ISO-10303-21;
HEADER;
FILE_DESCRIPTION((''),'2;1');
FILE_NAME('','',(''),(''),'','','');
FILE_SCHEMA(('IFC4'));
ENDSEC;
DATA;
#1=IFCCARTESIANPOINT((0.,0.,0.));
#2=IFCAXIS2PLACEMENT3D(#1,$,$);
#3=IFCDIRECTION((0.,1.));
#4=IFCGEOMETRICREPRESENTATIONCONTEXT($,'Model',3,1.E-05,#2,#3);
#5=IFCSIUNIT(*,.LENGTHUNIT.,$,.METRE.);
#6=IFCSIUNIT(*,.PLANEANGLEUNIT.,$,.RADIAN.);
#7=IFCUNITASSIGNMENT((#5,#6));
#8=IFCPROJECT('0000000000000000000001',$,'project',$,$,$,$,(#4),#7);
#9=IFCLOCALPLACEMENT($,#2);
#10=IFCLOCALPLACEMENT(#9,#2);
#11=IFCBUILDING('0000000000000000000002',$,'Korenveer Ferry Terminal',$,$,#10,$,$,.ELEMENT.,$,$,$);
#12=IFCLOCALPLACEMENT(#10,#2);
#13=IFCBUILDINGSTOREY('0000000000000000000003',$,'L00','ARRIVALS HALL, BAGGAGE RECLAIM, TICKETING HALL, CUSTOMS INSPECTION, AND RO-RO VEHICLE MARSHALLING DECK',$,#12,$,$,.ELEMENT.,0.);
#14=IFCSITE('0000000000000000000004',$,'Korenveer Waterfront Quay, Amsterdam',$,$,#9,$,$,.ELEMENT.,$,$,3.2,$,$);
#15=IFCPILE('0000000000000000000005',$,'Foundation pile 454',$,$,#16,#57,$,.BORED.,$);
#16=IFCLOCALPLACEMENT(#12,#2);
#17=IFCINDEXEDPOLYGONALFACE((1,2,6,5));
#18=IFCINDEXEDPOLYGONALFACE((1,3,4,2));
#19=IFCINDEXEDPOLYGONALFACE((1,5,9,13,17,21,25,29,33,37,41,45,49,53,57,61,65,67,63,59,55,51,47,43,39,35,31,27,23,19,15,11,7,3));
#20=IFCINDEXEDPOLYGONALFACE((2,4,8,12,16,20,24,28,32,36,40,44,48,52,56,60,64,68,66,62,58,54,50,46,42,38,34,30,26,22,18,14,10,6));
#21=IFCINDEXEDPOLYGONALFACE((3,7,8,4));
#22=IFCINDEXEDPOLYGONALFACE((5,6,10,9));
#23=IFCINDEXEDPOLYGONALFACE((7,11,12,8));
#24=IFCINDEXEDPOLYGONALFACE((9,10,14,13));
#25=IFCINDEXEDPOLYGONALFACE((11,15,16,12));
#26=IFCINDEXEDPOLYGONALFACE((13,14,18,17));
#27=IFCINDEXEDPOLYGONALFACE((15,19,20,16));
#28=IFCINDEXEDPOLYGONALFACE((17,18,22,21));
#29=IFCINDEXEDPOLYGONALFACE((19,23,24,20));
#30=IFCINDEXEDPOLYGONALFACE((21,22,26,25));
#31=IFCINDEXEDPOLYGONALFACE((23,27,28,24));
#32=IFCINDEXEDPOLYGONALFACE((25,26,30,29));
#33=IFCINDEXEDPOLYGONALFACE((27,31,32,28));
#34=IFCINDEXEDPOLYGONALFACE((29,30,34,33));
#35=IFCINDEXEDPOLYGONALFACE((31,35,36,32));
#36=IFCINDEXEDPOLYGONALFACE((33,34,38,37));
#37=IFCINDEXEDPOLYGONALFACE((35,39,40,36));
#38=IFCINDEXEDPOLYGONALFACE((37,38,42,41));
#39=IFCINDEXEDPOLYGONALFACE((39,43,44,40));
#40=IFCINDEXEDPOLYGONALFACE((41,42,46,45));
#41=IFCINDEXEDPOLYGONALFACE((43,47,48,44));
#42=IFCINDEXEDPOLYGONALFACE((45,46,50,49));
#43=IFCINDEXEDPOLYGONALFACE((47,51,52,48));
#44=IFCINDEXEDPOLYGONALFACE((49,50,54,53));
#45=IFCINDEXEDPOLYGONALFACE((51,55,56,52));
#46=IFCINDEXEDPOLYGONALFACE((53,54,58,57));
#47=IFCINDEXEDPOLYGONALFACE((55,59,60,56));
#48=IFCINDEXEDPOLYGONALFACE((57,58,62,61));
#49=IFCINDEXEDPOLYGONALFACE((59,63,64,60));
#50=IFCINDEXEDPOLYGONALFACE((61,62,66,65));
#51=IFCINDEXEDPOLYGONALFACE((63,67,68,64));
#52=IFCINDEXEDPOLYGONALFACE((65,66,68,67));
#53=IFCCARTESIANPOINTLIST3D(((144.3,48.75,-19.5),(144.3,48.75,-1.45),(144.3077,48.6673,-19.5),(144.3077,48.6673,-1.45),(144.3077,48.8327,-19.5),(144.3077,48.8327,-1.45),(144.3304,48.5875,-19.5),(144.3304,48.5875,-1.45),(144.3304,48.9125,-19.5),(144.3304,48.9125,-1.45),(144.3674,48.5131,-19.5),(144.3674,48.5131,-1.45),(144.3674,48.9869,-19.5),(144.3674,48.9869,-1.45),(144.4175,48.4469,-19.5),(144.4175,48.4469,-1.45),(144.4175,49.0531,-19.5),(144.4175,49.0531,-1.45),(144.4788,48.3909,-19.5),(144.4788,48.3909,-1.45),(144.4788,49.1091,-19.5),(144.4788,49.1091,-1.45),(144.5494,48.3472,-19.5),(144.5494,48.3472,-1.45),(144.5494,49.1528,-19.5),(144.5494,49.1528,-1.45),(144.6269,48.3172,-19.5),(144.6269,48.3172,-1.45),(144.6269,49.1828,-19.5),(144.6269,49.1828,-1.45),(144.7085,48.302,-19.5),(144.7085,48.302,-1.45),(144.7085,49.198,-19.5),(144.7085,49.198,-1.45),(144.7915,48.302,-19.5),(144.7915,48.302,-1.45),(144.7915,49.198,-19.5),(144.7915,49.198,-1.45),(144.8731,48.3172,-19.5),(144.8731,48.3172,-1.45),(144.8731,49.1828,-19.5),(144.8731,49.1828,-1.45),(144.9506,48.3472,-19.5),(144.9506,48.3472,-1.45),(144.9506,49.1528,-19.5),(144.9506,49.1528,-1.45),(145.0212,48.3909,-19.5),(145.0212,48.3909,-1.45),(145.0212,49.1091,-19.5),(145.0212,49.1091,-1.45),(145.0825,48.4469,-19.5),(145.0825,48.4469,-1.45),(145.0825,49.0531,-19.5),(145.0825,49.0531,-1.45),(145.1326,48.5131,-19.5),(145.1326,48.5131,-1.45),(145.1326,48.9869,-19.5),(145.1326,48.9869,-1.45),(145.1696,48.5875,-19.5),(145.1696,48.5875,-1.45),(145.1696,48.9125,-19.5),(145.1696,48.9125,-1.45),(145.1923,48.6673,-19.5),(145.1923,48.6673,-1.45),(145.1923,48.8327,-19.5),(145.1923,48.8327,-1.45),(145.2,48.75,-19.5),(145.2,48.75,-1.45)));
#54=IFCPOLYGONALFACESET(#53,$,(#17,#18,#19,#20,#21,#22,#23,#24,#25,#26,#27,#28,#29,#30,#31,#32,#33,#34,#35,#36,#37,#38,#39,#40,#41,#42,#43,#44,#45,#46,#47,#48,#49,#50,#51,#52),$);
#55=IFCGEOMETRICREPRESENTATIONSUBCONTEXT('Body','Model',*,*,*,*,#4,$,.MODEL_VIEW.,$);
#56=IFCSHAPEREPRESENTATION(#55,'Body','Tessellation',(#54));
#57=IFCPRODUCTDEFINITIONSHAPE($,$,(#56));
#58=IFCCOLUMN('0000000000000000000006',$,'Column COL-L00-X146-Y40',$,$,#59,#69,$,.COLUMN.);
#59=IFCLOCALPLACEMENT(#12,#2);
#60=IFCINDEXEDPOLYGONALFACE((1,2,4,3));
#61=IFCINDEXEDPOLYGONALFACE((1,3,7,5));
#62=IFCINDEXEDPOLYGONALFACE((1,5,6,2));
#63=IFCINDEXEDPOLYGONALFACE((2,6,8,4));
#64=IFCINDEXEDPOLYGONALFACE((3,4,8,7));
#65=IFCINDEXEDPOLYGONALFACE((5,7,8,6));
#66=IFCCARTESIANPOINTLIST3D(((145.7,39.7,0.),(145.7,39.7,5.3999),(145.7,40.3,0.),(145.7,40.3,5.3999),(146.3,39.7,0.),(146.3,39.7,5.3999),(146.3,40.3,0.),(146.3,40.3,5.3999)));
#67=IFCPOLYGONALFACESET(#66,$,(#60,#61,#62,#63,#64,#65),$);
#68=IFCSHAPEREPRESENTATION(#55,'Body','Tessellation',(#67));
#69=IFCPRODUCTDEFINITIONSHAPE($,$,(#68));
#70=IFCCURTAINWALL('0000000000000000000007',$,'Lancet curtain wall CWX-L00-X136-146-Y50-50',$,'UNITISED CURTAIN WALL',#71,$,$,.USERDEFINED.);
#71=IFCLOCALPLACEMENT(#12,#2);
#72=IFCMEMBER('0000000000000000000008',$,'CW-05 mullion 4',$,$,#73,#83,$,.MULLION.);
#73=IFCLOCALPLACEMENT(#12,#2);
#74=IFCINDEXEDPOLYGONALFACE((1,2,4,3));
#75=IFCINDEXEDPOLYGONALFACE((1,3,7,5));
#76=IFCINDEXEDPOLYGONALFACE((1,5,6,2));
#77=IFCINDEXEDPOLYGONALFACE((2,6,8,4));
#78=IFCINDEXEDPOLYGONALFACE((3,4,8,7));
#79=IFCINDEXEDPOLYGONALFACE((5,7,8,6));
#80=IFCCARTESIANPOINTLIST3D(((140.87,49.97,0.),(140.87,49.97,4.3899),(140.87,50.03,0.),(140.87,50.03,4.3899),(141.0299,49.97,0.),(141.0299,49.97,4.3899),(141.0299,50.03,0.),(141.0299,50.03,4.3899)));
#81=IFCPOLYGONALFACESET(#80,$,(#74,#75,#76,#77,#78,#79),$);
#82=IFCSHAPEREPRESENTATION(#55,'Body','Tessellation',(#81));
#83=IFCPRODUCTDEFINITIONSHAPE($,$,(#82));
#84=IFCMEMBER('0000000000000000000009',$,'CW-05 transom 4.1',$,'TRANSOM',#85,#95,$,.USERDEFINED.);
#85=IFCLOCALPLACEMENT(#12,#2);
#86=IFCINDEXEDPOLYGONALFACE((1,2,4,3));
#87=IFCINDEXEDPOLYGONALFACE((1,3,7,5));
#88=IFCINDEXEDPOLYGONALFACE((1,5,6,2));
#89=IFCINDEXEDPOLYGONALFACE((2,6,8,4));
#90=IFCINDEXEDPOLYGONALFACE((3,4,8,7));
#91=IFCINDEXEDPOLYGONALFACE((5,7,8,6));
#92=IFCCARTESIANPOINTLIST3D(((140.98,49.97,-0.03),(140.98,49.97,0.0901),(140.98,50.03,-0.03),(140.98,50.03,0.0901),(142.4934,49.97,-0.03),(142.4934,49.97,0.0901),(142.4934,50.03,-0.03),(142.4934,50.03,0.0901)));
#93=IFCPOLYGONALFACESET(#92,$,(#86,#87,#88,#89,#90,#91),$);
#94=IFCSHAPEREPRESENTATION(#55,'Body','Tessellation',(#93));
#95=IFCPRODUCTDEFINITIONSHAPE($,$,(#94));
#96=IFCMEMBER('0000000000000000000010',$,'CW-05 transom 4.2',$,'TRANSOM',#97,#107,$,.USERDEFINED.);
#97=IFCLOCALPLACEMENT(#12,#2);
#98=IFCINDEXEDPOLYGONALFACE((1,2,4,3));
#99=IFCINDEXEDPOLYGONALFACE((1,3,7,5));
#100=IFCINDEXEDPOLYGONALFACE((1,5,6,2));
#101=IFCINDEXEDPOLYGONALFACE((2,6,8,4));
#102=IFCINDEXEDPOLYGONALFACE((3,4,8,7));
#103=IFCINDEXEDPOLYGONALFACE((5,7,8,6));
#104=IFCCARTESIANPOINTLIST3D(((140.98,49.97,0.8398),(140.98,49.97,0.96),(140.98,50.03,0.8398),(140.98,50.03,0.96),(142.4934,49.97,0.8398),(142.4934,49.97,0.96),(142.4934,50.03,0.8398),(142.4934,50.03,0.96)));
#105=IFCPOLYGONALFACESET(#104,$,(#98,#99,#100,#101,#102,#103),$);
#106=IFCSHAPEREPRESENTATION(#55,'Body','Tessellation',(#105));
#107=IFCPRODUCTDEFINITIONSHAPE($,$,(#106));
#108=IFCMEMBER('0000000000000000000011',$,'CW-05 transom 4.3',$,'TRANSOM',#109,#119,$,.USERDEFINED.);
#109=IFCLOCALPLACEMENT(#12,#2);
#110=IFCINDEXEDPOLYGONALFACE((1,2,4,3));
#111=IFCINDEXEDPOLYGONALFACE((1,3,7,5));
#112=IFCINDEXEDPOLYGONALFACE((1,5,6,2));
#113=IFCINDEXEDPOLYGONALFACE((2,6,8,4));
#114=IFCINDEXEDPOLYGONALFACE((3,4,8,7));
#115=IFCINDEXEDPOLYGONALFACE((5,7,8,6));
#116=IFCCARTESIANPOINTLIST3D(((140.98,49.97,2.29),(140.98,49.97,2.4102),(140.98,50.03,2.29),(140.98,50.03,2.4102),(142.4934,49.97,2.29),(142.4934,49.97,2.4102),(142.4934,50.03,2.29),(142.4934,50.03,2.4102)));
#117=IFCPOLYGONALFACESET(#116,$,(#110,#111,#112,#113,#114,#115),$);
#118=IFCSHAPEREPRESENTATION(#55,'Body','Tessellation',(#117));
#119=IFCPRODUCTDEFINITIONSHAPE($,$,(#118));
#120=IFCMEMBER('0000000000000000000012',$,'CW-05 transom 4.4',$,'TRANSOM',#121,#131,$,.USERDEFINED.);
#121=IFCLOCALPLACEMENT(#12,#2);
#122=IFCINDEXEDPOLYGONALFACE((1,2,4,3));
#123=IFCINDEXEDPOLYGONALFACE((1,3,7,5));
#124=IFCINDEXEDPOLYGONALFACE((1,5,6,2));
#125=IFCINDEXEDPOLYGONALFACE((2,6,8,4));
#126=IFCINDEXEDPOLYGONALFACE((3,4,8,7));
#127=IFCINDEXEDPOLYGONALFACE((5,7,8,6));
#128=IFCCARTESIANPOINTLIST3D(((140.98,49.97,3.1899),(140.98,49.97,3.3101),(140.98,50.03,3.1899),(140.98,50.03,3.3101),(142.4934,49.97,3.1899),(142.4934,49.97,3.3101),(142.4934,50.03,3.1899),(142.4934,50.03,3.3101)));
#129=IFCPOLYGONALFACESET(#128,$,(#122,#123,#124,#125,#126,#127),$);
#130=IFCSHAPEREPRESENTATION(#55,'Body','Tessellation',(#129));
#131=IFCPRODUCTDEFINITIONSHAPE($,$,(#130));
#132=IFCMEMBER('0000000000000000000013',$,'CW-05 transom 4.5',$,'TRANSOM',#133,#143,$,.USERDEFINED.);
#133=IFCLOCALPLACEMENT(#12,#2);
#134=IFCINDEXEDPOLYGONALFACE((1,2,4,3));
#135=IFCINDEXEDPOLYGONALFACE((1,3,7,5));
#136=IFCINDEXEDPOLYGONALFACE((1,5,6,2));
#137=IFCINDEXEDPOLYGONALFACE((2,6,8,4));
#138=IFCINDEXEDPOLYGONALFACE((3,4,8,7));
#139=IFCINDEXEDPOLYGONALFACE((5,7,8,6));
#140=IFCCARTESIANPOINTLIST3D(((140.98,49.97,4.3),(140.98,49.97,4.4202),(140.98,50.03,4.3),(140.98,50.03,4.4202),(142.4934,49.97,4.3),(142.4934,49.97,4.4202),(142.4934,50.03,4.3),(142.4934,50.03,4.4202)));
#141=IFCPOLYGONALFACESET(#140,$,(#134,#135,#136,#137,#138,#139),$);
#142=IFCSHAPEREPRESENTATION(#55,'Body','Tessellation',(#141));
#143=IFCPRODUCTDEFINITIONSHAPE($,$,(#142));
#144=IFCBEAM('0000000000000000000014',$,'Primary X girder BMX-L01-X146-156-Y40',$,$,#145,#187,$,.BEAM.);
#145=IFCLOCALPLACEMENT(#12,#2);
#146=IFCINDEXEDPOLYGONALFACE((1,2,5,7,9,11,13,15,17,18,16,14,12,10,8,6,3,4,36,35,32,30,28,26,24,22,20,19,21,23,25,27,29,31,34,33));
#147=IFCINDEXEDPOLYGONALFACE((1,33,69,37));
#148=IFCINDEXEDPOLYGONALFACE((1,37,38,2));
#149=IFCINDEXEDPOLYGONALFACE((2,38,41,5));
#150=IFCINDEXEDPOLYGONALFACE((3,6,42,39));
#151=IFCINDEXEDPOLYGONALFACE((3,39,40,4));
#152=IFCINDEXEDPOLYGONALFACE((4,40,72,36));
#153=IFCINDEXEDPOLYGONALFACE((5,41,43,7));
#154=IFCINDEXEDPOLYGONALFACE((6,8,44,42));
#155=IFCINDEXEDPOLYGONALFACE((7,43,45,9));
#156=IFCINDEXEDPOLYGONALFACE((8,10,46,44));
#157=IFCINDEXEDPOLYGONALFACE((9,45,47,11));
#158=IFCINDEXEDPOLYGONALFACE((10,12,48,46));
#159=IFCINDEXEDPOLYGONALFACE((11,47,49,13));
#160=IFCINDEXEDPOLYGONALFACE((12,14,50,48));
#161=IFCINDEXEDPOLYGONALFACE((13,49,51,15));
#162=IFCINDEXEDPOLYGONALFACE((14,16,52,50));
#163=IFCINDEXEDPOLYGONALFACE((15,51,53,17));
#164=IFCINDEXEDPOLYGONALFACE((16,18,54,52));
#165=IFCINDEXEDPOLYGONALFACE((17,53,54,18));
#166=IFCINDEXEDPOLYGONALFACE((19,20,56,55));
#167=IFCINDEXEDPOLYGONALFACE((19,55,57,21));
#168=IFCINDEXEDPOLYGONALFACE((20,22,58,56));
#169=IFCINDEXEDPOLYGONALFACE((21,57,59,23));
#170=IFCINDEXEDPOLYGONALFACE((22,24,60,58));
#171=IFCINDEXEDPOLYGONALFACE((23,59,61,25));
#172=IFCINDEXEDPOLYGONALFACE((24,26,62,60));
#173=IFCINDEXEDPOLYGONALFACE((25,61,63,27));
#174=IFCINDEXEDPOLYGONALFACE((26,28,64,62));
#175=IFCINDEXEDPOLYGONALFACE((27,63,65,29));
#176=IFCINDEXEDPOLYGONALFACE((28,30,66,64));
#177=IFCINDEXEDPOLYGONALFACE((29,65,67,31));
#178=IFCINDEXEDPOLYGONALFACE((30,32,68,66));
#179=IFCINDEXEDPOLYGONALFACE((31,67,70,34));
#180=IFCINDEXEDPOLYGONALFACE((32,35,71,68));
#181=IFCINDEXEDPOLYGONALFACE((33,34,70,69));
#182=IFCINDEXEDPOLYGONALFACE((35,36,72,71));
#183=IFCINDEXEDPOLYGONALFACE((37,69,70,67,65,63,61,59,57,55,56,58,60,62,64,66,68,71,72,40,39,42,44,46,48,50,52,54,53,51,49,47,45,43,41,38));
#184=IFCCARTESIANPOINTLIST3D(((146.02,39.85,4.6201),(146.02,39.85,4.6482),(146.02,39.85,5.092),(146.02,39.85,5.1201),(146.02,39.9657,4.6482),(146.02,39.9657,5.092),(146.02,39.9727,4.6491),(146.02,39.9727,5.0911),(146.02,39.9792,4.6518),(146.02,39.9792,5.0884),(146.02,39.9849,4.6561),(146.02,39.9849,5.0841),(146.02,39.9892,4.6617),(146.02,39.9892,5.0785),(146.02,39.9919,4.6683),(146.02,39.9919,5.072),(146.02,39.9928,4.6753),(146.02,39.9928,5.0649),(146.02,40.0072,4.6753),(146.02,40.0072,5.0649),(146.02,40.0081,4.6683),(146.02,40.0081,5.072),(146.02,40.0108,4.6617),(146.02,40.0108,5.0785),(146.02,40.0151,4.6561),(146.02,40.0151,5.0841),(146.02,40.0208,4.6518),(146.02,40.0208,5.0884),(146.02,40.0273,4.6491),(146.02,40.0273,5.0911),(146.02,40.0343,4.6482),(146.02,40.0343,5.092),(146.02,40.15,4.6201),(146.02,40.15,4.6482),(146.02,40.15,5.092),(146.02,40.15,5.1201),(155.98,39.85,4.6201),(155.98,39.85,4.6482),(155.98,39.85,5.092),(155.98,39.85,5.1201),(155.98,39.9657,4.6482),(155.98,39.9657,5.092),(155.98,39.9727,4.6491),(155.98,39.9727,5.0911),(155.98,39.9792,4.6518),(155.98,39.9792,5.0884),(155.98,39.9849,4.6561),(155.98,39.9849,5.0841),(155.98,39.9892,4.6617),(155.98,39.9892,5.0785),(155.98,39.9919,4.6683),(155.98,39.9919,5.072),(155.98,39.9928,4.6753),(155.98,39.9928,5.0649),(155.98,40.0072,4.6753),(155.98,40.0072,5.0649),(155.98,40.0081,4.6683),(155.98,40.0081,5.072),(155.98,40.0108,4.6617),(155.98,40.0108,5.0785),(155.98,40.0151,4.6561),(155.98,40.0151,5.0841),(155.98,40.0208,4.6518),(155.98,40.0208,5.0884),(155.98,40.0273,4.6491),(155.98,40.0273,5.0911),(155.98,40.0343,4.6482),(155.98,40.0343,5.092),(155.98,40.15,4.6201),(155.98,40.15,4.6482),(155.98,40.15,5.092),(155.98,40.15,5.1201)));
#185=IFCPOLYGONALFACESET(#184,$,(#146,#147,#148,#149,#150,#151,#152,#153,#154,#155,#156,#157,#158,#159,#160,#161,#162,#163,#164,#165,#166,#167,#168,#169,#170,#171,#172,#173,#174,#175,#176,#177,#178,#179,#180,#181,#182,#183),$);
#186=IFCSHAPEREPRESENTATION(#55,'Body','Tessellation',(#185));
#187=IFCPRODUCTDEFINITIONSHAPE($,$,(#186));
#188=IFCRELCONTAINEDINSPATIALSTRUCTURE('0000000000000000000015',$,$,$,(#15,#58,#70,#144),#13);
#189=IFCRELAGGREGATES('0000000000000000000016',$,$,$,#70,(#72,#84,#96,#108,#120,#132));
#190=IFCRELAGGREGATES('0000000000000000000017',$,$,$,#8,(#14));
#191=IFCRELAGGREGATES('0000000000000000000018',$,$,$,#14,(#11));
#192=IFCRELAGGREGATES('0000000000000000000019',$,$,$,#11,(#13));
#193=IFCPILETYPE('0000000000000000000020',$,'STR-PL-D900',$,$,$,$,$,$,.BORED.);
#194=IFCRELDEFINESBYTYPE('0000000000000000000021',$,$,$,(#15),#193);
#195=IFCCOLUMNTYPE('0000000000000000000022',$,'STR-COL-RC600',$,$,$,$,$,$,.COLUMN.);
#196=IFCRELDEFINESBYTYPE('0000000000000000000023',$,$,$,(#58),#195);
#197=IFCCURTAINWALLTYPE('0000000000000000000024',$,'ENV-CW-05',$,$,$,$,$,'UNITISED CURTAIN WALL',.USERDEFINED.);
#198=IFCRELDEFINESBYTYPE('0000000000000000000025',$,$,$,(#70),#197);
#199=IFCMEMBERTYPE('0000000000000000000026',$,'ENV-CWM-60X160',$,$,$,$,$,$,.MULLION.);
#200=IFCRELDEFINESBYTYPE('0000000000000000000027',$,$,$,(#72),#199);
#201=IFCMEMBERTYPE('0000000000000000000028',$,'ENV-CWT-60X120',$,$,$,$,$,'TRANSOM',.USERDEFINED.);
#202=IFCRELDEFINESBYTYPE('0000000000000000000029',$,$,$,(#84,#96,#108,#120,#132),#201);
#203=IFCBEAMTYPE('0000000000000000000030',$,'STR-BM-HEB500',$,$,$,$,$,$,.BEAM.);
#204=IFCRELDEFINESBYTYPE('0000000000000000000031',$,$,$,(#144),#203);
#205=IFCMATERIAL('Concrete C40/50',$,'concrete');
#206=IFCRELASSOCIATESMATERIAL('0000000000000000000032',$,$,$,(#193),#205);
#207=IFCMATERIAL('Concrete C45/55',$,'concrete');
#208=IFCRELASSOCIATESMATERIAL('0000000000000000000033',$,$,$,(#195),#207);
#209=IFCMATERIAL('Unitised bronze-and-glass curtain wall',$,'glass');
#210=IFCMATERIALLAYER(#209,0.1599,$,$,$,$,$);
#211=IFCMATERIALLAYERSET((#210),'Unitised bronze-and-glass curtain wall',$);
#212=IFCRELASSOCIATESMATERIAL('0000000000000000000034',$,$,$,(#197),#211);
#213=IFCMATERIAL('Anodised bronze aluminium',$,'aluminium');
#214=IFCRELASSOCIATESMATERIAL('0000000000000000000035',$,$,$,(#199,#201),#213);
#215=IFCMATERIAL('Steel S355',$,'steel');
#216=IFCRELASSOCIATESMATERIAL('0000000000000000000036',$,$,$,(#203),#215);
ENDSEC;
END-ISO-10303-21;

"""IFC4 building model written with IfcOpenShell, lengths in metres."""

from ifc_helpers import new_model, si_unit, direction, frame, origin, origin_2d, place, context, subcontext, project, spatial, rectangle, circle, i_section, extrude, material, layer, layer_set, material_profile, profile_set, type_object, element, aggregate, save


model = new_model("IFC4")

# Units and contexts
model_context = context("Model", 3, precision=1e-05, world=origin(), true_north=direction((0.0, 1.0)))
body_context = subcontext(model_context, "Body", "Model", "MODEL_VIEW")
ifc_project = project(units=[si_unit("LENGTHUNIT", "METRE"), si_unit("PLANEANGLEUNIT", "RADIAN")], contexts=[model_context])

# Site, building, storey
site_placement = place(None, origin())
site = spatial("IfcSite", under=ifc_project, at=site_placement, Name="Korenveer Waterfront Quay, Amsterdam", CompositionType="ELEMENT", RefElevation=3.2)
building_placement = place(site_placement, origin())
building = spatial("IfcBuilding", under=site, at=building_placement, Name="Korenveer Ferry Terminal", CompositionType="ELEMENT")
storey_placement = place(building_placement, origin())
storey = spatial("IfcBuildingStorey", under=building, at=storey_placement, Name="L00", Description="ARRIVALS HALL, BAGGAGE RECLAIM, TICKETING HALL, CUSTOMS INSPECTION, AND RO-RO VEHICLE MARSHALLING DECK", CompositionType="ELEMENT", Elevation=0.0)

# Shared definitions
ifc_material_1 = material(Name="Concrete C40/50", Category="concrete")
ifc_material_2 = material(Name="Concrete C45/55", Category="concrete")

# Pile
ifc_material_profile_1 = material_profile(ifc_material_1, circle(Radius=0.45, at=origin_2d()), Name="PILE D900")
ifc_profile_set_1 = profile_set([ifc_material_profile_1], Name="Concrete C40/50")
pile_type = type_object("IfcPileType", Name="STR-PL-D900", PredefinedType="BORED", material=ifc_profile_set_1)
pile_placement = place(storey_placement, frame((144.75, 48.75, -1.45), z_axis=(0.0, 0.0, -1.0), x_axis=(1.0, 0.0, 0.0)))
element("IfcPile", 1, at=pile_placement, inside=storey, type_object=pile_type, Name="Foundation pile 454", PredefinedType="BORED", context=body_context, shape_type="SweptSolid", body=[
    extrude(circle(Radius=0.45, at=origin_2d()), origin(), (0.0, 0.0, 1.0), 18.05),
])

# Column
ifc_material_profile_2 = material_profile(ifc_material_2, rectangle(XDim=0.6001, YDim=0.6001, at=origin_2d()), Name="RC 600x600")
ifc_profile_set_2 = profile_set([ifc_material_profile_2], Name="Concrete C45/55")
column_type = type_object("IfcColumnType", Name="STR-COL-RC600", PredefinedType="COLUMN", material=ifc_profile_set_2)
column_placement = place(storey_placement, frame((146.0, 40.0, 0.0), z_axis=(0.0, 0.0, 1.0), x_axis=(1.0, 0.0, 0.0)))
element("IfcColumn", 2, at=column_placement, inside=storey, type_object=column_type, Name="Column COL-L00-X146-Y40", PredefinedType="COLUMN", context=body_context, shape_type="SweptSolid", body=[
    extrude(rectangle(XDim=0.6001, YDim=0.6001, at=origin_2d()), origin(), (0.0, 0.0, 1.0), 5.3999),
])

# Curtain wall, members
ifc_material_3 = material(Name="Unitised bronze-and-glass curtain wall", Category="glass")
ifc_layer_1 = layer(ifc_material_3, 0.1599)
ifc_layer_set_1 = layer_set([ifc_layer_1], Name="Unitised bronze-and-glass curtain wall")
curtain_wall_type = type_object("IfcCurtainWallType", Name="ENV-CW-05", ElementType="UNITISED CURTAIN WALL", PredefinedType="USERDEFINED", material=ifc_layer_set_1)
curtain_wall_placement = place(storey_placement, frame((136.23, 50.0, 0.0)))
curtain_wall = element("IfcCurtainWall", 3, at=curtain_wall_placement, inside=storey, type_object=curtain_wall_type, Name="Lancet curtain wall CWX-L00-X136-146-Y50-50", ObjectType="UNITISED CURTAIN WALL", PredefinedType="USERDEFINED")
ifc_material_4 = material(Name="Anodised bronze aluminium", Category="aluminium")
ifc_material_profile_3 = material_profile(ifc_material_4, rectangle(XDim=0.0601, YDim=0.1599, at=origin_2d()), Name="ALU 60x160")
ifc_profile_set_3 = profile_set([ifc_material_profile_3], Name="Anodised bronze aluminium")
member_type_1 = type_object("IfcMemberType", Name="ENV-CWM-60X160", PredefinedType="MULLION", material=ifc_profile_set_3)
member_1_placement = place(storey_placement, frame((140.95, 50.0, 0.0), z_axis=(0.0, 0.0, 1.0), x_axis=(0.0, 1.0, 0.0)))
member_1 = element("IfcMember", 4, at=member_1_placement, type_object=member_type_1, Name="CW-05 mullion 4", PredefinedType="MULLION", context=body_context, shape_type="SweptSolid", body=[
    extrude(rectangle(XDim=0.0601, YDim=0.1599, at=origin_2d()), origin(), (0.0, 0.0, 1.0), 4.3899),
])
ifc_material_profile_4 = material_profile(ifc_material_4, rectangle(XDim=0.0601, YDim=0.1201, at=origin_2d()), Name="ALU 60x120")
ifc_profile_set_4 = profile_set([ifc_material_profile_4], Name="Anodised bronze aluminium")
member_type_2 = type_object("IfcMemberType", Name="ENV-CWT-60X120", ElementType="TRANSOM", PredefinedType="USERDEFINED", material=ifc_profile_set_4)
member_2_placement = place(storey_placement, frame((140.98, 50.0, 0.03), z_axis=(1.0, 0.0, 0.0), x_axis=(0.0, 1.0, 0.0)))
member_2 = element("IfcMember", 5, at=member_2_placement, type_object=member_type_2, Name="CW-05 transom 4.1", ObjectType="TRANSOM", PredefinedType="USERDEFINED", context=body_context, shape_type="SweptSolid", body=[
    extrude(rectangle(XDim=0.0601, YDim=0.1201, at=origin_2d()), origin(), (0.0, 0.0, 1.0), 1.5134),
])
member_3_placement = place(storey_placement, frame((140.98, 50.0, 0.8999), z_axis=(1.0, 0.0, 0.0), x_axis=(0.0, 1.0, 0.0)))
member_3 = element("IfcMember", 6, at=member_3_placement, type_object=member_type_2, Name="CW-05 transom 4.2", ObjectType="TRANSOM", PredefinedType="USERDEFINED", context=body_context, shape_type="SweptSolid", body=[
    extrude(rectangle(XDim=0.0601, YDim=0.1201, at=origin_2d()), origin(), (0.0, 0.0, 1.0), 1.5134),
])
member_4_placement = place(storey_placement, frame((140.98, 50.0, 2.3501), z_axis=(1.0, 0.0, 0.0), x_axis=(0.0, 1.0, 0.0)))
member_4 = element("IfcMember", 7, at=member_4_placement, type_object=member_type_2, Name="CW-05 transom 4.3", ObjectType="TRANSOM", PredefinedType="USERDEFINED", context=body_context, shape_type="SweptSolid", body=[
    extrude(rectangle(XDim=0.0601, YDim=0.1201, at=origin_2d()), origin(), (0.0, 0.0, 1.0), 1.5134),
])
member_5_placement = place(storey_placement, frame((140.98, 50.0, 3.25), z_axis=(1.0, 0.0, 0.0), x_axis=(0.0, 1.0, 0.0)))
member_5 = element("IfcMember", 8, at=member_5_placement, type_object=member_type_2, Name="CW-05 transom 4.4", ObjectType="TRANSOM", PredefinedType="USERDEFINED", context=body_context, shape_type="SweptSolid", body=[
    extrude(rectangle(XDim=0.0601, YDim=0.1201, at=origin_2d()), origin(), (0.0, 0.0, 1.0), 1.5134),
])
member_6_placement = place(storey_placement, frame((140.98, 50.0, 4.3601), z_axis=(1.0, 0.0, 0.0), x_axis=(0.0, 1.0, 0.0)))
member_6 = element("IfcMember", 9, at=member_6_placement, type_object=member_type_2, Name="CW-05 transom 4.5", ObjectType="TRANSOM", PredefinedType="USERDEFINED", context=body_context, shape_type="SweptSolid", body=[
    extrude(rectangle(XDim=0.0601, YDim=0.1201, at=origin_2d()), origin(), (0.0, 0.0, 1.0), 1.5134),
])

# Beam
ifc_material_5 = material(Name="Steel S355", Category="steel")
ifc_material_profile_5 = material_profile(ifc_material_5, i_section(OverallWidth=0.3, OverallDepth=0.5, WebThickness=0.0144, FlangeThickness=0.0281, FilletRadius=0.0271, at=origin_2d()), Name="HEB 500")
ifc_profile_set_5 = profile_set([ifc_material_profile_5], Name="Steel S355")
beam_type_1 = type_object("IfcBeamType", Name="STR-BM-HEB500", PredefinedType="BEAM", material=ifc_profile_set_5)
beam_1_placement = place(storey_placement, frame((146.02, 40.0, 4.8701), z_axis=(1.0, 0.0, 0.0), x_axis=(0.0, 1.0, 0.0)))
element("IfcBeam", 10, at=beam_1_placement, inside=storey, type_object=beam_type_1, Name="Primary X girder BMX-L01-X146-156-Y40", PredefinedType="BEAM", context=body_context, shape_type="SweptSolid", body=[
    extrude(i_section(OverallWidth=0.3, OverallDepth=0.5, WebThickness=0.0144, FlangeThickness=0.0281, FilletRadius=0.0271, at=origin_2d()), origin(), (0.0, 0.0, 1.0), 9.96),
])

aggregate(curtain_wall, [member_1, member_2, member_3, member_4, member_5, member_6])

save(model, "model.ifc")
